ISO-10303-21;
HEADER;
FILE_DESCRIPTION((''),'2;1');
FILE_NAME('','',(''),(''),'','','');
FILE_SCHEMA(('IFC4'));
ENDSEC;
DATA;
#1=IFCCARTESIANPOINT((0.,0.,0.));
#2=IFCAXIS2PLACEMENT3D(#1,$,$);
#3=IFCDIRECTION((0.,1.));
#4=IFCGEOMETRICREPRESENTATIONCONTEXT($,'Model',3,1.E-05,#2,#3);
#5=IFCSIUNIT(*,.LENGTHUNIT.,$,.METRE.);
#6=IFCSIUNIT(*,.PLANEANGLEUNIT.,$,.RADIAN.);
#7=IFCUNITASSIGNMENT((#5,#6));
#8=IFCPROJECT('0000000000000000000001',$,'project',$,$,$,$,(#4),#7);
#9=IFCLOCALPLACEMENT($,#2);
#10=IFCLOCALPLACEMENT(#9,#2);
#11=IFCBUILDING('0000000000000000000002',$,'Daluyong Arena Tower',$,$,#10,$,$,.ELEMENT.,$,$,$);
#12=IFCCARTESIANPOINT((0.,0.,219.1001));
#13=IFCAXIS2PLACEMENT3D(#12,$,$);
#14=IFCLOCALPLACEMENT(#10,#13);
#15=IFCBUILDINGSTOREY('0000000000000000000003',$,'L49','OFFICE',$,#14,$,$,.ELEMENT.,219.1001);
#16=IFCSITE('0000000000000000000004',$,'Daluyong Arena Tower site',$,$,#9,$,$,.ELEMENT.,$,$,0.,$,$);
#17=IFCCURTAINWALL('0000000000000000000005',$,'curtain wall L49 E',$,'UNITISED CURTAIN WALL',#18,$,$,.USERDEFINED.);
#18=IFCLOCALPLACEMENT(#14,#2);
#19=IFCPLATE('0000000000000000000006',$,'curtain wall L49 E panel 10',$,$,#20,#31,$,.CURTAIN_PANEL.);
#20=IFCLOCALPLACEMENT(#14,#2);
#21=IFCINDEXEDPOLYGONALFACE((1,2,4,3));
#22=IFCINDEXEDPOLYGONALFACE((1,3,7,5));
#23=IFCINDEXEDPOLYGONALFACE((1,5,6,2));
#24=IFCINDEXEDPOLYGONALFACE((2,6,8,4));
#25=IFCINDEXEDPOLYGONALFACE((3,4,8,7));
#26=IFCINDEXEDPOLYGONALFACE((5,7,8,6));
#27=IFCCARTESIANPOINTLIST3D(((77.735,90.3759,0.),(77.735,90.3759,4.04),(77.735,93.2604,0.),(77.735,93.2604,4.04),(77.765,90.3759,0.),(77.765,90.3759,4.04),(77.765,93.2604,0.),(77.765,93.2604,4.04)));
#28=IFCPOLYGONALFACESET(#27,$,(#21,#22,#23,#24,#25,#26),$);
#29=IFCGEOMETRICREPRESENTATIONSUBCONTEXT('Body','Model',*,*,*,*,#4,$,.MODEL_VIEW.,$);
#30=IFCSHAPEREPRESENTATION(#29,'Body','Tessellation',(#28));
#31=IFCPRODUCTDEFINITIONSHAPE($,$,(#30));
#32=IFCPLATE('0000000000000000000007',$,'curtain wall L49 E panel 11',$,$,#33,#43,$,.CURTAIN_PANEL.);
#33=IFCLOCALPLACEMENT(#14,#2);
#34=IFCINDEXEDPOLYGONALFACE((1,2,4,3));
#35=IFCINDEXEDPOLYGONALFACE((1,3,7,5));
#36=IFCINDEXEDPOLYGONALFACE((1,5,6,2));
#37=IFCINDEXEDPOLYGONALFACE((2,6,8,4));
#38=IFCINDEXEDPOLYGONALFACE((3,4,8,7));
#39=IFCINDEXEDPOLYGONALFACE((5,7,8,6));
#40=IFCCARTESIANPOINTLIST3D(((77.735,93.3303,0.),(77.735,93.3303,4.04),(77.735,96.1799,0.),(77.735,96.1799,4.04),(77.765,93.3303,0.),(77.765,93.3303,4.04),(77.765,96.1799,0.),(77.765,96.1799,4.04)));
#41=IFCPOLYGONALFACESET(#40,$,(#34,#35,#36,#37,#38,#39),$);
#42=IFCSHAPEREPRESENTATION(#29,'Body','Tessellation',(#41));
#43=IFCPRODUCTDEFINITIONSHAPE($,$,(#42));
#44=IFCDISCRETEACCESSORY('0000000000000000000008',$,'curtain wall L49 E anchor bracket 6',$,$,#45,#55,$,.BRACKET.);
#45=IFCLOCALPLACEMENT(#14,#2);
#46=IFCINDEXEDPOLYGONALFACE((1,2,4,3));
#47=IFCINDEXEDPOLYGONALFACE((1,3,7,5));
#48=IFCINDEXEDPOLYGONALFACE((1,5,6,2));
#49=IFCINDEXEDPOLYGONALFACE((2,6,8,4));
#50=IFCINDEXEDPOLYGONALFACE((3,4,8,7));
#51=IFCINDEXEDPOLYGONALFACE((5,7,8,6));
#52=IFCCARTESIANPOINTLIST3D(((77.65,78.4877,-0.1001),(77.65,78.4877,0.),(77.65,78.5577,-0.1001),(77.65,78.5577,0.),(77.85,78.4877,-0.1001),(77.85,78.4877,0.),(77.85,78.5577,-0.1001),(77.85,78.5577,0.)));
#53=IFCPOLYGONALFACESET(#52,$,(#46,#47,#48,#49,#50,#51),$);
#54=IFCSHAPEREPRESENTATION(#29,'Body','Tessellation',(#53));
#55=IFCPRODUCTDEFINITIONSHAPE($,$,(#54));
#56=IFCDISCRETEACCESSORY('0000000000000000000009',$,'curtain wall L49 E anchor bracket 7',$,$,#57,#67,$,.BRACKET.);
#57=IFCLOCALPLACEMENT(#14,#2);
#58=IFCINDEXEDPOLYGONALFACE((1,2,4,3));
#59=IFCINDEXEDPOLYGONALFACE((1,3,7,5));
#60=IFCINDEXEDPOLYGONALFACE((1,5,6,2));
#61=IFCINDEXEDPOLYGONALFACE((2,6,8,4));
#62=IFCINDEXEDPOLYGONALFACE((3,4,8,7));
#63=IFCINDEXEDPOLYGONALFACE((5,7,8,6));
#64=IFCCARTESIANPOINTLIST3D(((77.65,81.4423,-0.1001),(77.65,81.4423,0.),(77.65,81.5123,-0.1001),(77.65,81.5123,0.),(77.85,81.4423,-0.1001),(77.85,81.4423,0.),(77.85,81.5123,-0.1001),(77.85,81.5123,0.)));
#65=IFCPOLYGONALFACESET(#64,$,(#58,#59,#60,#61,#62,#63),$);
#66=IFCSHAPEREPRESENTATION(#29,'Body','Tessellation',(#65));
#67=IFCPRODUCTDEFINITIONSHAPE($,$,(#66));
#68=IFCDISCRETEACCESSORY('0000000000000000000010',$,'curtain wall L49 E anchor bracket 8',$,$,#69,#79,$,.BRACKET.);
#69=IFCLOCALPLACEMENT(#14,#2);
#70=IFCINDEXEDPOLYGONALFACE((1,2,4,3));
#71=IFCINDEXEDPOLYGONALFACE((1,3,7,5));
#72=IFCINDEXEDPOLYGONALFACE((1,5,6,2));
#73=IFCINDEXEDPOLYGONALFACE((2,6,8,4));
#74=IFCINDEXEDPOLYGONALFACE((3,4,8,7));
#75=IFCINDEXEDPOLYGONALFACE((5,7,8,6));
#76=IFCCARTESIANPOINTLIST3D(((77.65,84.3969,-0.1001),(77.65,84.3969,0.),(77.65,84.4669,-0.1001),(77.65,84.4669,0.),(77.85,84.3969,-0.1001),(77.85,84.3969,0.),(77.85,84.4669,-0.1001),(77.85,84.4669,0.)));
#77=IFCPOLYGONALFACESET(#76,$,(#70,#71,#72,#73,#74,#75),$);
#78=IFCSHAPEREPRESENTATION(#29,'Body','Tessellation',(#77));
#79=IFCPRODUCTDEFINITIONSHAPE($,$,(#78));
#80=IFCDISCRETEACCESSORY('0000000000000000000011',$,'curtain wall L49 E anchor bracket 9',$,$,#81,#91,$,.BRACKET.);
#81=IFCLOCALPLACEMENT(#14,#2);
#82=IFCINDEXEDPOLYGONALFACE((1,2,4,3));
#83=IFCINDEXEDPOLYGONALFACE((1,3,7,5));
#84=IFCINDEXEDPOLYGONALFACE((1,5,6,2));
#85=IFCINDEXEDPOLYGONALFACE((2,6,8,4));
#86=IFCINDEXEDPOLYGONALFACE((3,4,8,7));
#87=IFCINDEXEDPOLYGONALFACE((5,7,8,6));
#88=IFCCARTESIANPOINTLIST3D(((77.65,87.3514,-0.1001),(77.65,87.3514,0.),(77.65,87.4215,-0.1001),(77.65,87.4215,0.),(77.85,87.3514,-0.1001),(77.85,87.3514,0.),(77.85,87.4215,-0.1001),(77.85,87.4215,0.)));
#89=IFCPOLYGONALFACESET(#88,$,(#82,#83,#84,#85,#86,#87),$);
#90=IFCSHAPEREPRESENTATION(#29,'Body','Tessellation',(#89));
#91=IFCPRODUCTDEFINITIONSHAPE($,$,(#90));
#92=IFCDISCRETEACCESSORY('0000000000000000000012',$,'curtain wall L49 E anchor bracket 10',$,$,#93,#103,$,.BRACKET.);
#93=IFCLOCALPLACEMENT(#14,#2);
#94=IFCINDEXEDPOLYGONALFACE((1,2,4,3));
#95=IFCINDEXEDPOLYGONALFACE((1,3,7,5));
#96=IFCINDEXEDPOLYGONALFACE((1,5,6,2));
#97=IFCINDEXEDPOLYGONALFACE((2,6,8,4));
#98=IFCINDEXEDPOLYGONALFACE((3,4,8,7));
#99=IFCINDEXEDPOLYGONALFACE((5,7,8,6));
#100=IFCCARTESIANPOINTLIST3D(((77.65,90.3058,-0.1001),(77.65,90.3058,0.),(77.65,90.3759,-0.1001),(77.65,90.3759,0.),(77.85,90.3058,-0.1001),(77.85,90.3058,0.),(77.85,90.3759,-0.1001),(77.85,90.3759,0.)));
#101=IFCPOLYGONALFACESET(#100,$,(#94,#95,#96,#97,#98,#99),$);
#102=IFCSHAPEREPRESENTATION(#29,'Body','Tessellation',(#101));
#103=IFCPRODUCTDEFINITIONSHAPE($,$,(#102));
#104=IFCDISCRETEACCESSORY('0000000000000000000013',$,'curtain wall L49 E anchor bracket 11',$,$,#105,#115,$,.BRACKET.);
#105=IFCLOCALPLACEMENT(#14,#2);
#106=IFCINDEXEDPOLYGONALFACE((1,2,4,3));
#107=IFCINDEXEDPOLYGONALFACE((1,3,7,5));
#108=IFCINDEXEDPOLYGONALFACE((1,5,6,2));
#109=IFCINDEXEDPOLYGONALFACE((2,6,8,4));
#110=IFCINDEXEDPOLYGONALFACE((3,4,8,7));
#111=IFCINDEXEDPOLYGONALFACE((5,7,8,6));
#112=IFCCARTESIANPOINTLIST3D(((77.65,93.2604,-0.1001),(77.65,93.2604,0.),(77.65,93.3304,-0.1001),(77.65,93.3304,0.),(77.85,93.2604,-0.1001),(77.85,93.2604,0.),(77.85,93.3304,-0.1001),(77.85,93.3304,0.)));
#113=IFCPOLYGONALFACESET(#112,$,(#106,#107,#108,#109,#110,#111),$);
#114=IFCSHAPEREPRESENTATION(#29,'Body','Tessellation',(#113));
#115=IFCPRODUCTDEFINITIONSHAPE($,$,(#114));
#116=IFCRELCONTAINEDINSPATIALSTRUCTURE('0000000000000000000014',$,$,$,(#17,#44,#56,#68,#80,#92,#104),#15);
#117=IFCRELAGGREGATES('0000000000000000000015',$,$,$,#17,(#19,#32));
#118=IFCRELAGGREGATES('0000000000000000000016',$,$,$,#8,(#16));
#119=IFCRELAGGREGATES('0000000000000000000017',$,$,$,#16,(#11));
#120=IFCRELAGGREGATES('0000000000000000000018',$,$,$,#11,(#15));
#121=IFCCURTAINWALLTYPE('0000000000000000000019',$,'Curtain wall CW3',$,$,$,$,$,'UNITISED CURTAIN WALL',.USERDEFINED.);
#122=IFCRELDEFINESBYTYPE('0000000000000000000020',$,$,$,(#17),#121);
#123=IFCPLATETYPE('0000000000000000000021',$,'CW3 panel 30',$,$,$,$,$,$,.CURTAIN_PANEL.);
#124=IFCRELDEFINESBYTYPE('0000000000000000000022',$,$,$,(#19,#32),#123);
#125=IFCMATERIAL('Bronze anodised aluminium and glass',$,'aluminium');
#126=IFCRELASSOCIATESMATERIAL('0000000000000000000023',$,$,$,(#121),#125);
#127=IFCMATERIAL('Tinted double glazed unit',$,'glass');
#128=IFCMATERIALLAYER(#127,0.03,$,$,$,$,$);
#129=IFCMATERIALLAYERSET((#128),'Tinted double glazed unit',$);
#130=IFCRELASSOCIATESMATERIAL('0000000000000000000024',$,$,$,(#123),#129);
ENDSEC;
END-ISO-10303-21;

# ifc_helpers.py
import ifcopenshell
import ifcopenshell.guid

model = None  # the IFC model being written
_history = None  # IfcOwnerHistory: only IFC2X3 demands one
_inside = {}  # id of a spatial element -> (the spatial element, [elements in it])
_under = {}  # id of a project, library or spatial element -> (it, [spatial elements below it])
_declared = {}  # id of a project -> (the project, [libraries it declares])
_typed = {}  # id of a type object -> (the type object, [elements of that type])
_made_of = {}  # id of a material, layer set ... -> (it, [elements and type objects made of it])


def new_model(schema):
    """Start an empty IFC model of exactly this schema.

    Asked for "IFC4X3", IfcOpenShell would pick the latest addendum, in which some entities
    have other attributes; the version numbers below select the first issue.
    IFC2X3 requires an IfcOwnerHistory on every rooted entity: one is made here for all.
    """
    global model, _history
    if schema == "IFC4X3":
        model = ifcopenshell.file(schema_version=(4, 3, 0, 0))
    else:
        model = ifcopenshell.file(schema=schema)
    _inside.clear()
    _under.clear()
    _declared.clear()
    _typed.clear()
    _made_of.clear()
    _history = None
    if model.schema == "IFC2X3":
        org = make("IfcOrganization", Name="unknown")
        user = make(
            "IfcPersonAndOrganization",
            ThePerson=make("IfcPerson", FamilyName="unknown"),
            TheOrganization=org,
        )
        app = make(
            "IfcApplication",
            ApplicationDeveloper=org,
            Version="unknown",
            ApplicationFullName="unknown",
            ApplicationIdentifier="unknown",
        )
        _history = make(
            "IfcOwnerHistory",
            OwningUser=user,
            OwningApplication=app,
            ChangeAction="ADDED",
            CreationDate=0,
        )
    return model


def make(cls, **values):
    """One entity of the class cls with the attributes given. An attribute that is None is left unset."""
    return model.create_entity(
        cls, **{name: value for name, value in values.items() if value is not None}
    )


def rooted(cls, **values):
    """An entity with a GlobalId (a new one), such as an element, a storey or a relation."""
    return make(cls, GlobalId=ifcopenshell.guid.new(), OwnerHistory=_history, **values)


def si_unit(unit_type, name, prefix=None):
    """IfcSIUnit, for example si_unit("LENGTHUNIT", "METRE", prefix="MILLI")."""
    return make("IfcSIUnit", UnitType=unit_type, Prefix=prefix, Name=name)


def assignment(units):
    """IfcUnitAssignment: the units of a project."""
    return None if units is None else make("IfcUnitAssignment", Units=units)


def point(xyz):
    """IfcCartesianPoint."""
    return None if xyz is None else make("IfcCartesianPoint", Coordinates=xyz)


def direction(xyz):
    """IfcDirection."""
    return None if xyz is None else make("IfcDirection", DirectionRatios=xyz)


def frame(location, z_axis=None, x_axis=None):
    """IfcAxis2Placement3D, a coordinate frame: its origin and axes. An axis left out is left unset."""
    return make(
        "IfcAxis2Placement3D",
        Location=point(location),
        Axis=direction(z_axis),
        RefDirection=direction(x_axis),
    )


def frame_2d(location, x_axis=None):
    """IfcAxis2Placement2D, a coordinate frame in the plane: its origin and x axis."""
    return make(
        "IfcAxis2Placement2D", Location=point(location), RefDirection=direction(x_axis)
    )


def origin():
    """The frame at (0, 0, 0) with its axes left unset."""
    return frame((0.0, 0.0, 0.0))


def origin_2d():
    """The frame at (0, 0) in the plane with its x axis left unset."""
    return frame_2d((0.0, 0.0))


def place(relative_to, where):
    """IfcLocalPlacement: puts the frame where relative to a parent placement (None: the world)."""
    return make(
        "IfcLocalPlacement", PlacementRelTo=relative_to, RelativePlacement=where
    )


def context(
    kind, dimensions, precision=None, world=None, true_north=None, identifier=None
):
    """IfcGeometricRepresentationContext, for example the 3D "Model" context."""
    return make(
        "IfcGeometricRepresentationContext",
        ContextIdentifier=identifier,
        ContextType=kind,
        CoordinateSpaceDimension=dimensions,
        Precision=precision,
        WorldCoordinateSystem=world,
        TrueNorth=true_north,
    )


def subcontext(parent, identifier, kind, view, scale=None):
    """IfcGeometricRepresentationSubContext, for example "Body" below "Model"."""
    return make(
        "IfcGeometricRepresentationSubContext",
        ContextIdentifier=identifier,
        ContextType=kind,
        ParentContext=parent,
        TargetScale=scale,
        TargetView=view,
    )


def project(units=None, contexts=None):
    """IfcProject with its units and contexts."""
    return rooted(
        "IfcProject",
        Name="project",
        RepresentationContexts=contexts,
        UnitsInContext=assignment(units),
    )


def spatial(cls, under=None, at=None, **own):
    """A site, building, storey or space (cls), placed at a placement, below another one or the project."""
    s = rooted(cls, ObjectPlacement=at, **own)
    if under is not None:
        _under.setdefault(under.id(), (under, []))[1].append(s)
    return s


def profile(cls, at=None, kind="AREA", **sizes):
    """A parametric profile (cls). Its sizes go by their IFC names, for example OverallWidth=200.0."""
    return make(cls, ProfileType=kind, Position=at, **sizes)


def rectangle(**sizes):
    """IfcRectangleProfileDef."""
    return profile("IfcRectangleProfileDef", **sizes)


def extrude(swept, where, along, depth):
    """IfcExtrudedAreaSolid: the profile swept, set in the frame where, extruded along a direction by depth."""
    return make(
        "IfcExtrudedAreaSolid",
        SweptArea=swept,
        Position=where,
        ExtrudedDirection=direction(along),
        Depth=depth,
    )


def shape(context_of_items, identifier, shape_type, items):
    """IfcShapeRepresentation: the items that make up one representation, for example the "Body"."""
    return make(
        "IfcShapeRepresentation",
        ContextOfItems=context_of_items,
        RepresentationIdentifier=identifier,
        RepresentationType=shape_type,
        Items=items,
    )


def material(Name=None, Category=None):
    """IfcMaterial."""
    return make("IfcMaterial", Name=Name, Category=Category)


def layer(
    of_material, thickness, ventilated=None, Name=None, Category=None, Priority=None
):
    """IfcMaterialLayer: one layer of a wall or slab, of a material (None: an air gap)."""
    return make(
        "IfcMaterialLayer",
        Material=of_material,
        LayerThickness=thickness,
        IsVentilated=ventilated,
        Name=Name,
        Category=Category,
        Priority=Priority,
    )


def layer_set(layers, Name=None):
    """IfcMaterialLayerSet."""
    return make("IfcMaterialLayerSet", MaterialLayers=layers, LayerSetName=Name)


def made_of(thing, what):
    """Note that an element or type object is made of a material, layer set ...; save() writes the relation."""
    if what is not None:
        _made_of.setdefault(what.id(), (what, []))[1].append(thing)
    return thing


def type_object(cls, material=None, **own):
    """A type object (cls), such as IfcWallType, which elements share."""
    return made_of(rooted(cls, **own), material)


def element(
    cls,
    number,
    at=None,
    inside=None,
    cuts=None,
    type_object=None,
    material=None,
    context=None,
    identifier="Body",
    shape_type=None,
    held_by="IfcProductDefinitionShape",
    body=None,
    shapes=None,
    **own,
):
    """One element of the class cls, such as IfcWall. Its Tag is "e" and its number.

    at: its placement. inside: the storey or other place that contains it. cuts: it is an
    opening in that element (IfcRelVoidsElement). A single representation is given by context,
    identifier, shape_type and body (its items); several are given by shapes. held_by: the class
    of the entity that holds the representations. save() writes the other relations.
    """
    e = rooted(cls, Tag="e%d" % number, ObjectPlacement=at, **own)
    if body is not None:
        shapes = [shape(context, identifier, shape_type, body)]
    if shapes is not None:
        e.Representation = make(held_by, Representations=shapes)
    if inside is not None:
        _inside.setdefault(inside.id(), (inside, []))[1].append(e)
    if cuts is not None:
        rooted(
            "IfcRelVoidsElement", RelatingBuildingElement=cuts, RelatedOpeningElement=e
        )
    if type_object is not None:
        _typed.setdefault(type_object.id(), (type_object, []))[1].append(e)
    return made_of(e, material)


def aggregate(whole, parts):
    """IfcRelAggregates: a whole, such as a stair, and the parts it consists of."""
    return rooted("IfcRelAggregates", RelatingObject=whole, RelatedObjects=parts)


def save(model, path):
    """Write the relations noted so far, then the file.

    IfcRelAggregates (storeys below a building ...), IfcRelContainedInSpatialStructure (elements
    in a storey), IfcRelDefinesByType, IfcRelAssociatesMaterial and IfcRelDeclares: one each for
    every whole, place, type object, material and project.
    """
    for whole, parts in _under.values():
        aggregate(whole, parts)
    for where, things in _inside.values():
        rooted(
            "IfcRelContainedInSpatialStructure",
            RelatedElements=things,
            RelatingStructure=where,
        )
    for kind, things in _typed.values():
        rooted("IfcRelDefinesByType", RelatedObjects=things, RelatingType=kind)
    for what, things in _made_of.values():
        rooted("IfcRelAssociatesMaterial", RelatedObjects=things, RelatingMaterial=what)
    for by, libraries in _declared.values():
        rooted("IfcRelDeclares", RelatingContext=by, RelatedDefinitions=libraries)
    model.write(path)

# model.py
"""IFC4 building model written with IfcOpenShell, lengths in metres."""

from ifc_helpers import new_model, si_unit, direction, frame, origin, origin_2d, place, context, subcontext, project, spatial, rectangle, extrude, material, layer, layer_set, type_object, element, aggregate, save


model = new_model("IFC4")

# Units and contexts
model_context = context("Model", 3, precision=1e-05, world=origin(), true_north=direction((0.0, 1.0)))
body_context = subcontext(model_context, "Body", "Model", "MODEL_VIEW")
ifc_project = project(units=[si_unit("LENGTHUNIT", "METRE"), si_unit("PLANEANGLEUNIT", "RADIAN")], contexts=[model_context])

# Site, building, storey
site_placement = place(None, origin())
site = spatial("IfcSite", under=ifc_project, at=site_placement, Name="Daluyong Arena Tower site", CompositionType="ELEMENT", RefElevation=0.0)
building_placement = place(site_placement, origin())
building = spatial("IfcBuilding", under=site, at=building_placement, Name="Daluyong Arena Tower", CompositionType="ELEMENT")
storey_placement = place(building_placement, frame((0.0, 0.0, 219.1001)))
storey = spatial("IfcBuildingStorey", under=building, at=storey_placement, Name="L49", Description="OFFICE", CompositionType="ELEMENT", Elevation=219.1001)

# Curtain wall
ifc_material_1 = material(Name="Bronze anodised aluminium and glass", Category="aluminium")
curtain_wall_type = type_object("IfcCurtainWallType", Name="Curtain wall CW3", ElementType="UNITISED CURTAIN WALL", PredefinedType="USERDEFINED", material=ifc_material_1)
curtain_wall_placement = place(storey_placement, origin())
curtain_wall = element("IfcCurtainWall", 1, at=curtain_wall_placement, inside=storey, type_object=curtain_wall_type, Name="curtain wall L49 E", ObjectType="UNITISED CURTAIN WALL", PredefinedType="USERDEFINED")

# Plates
ifc_material_2 = material(Name="Tinted double glazed unit", Category="glass")
ifc_layer = layer(ifc_material_2, 0.03)
ifc_layer_set = layer_set([ifc_layer], Name="Tinted double glazed unit")
plate_type = type_object("IfcPlateType", Name="CW3 panel 30", PredefinedType="CURTAIN_PANEL", material=ifc_layer_set)
plate_1_placement = place(storey_placement, frame((77.75, 91.8181, 0.0), z_axis=(0.0, 0.0, 1.0), x_axis=(0.0, 1.0, 0.0)))
plate_1 = element("IfcPlate", 2, at=plate_1_placement, type_object=plate_type, Name="curtain wall L49 E panel 10", PredefinedType="CURTAIN_PANEL", context=body_context, shape_type="SweptSolid", body=[
    extrude(rectangle(XDim=2.8845, YDim=0.03, at=origin_2d()), origin(), (0.0, 0.0, 1.0), 4.04),
])
plate_2_placement = place(storey_placement, frame((77.75, 94.7551, 0.0), z_axis=(0.0, 0.0, 1.0), x_axis=(0.0, 1.0, 0.0)))
plate_2 = element("IfcPlate", 3, at=plate_2_placement, type_object=plate_type, Name="curtain wall L49 E panel 11", PredefinedType="CURTAIN_PANEL", context=body_context, shape_type="SweptSolid", body=[
    extrude(rectangle(XDim=2.8496, YDim=0.03, at=origin_2d()), origin(), (0.0, 0.0, 1.0), 4.04),
])
aggregate(curtain_wall, [plate_1, plate_2])

# Discrete accessories
for number, where, z_axis, x_axis, name in (
    (4, (77.75, 78.5227, -0.1001), (0.0, 0.0, 1.0), (0.0, 1.0, 0.0), "curtain wall L49 E anchor bracket 6"),
    (5, (77.75, 81.4773, -0.1001), (0.0, 0.0, 1.0), (0.0, 1.0, 0.0), "curtain wall L49 E anchor bracket 7"),
    (6, (77.75, 84.4319, -0.1001), (0.0, 0.0, 1.0), (0.0, 1.0, 0.0), "curtain wall L49 E anchor bracket 8"),
    (7, (77.75, 87.3865, -0.1001), (0.0, 0.0, 1.0), (0.0, 1.0, 0.0), "curtain wall L49 E anchor bracket 9"),
    (8, (77.75, 90.3408, -0.1001), (0.0, 0.0, 1.0), (0.0, 1.0, 0.0), "curtain wall L49 E anchor bracket 10"),
    (9, (77.75, 93.2954, -0.1001), (0.0, 0.0, 1.0), (0.0, 1.0, 0.0), "curtain wall L49 E anchor bracket 11"),
):
    element("IfcDiscreteAccessory", number, at=place(storey_placement, frame(where, z_axis=z_axis, x_axis=x_axis)), inside=storey, Name=name, PredefinedType="BRACKET", context=body_context, shape_type="SweptSolid", body=[
        extrude(rectangle(XDim=0.0701, YDim=0.2, at=origin_2d()), origin(), (0.0, 0.0, 1.0), 0.1001),
    ])

save(model, "model.ifc")
